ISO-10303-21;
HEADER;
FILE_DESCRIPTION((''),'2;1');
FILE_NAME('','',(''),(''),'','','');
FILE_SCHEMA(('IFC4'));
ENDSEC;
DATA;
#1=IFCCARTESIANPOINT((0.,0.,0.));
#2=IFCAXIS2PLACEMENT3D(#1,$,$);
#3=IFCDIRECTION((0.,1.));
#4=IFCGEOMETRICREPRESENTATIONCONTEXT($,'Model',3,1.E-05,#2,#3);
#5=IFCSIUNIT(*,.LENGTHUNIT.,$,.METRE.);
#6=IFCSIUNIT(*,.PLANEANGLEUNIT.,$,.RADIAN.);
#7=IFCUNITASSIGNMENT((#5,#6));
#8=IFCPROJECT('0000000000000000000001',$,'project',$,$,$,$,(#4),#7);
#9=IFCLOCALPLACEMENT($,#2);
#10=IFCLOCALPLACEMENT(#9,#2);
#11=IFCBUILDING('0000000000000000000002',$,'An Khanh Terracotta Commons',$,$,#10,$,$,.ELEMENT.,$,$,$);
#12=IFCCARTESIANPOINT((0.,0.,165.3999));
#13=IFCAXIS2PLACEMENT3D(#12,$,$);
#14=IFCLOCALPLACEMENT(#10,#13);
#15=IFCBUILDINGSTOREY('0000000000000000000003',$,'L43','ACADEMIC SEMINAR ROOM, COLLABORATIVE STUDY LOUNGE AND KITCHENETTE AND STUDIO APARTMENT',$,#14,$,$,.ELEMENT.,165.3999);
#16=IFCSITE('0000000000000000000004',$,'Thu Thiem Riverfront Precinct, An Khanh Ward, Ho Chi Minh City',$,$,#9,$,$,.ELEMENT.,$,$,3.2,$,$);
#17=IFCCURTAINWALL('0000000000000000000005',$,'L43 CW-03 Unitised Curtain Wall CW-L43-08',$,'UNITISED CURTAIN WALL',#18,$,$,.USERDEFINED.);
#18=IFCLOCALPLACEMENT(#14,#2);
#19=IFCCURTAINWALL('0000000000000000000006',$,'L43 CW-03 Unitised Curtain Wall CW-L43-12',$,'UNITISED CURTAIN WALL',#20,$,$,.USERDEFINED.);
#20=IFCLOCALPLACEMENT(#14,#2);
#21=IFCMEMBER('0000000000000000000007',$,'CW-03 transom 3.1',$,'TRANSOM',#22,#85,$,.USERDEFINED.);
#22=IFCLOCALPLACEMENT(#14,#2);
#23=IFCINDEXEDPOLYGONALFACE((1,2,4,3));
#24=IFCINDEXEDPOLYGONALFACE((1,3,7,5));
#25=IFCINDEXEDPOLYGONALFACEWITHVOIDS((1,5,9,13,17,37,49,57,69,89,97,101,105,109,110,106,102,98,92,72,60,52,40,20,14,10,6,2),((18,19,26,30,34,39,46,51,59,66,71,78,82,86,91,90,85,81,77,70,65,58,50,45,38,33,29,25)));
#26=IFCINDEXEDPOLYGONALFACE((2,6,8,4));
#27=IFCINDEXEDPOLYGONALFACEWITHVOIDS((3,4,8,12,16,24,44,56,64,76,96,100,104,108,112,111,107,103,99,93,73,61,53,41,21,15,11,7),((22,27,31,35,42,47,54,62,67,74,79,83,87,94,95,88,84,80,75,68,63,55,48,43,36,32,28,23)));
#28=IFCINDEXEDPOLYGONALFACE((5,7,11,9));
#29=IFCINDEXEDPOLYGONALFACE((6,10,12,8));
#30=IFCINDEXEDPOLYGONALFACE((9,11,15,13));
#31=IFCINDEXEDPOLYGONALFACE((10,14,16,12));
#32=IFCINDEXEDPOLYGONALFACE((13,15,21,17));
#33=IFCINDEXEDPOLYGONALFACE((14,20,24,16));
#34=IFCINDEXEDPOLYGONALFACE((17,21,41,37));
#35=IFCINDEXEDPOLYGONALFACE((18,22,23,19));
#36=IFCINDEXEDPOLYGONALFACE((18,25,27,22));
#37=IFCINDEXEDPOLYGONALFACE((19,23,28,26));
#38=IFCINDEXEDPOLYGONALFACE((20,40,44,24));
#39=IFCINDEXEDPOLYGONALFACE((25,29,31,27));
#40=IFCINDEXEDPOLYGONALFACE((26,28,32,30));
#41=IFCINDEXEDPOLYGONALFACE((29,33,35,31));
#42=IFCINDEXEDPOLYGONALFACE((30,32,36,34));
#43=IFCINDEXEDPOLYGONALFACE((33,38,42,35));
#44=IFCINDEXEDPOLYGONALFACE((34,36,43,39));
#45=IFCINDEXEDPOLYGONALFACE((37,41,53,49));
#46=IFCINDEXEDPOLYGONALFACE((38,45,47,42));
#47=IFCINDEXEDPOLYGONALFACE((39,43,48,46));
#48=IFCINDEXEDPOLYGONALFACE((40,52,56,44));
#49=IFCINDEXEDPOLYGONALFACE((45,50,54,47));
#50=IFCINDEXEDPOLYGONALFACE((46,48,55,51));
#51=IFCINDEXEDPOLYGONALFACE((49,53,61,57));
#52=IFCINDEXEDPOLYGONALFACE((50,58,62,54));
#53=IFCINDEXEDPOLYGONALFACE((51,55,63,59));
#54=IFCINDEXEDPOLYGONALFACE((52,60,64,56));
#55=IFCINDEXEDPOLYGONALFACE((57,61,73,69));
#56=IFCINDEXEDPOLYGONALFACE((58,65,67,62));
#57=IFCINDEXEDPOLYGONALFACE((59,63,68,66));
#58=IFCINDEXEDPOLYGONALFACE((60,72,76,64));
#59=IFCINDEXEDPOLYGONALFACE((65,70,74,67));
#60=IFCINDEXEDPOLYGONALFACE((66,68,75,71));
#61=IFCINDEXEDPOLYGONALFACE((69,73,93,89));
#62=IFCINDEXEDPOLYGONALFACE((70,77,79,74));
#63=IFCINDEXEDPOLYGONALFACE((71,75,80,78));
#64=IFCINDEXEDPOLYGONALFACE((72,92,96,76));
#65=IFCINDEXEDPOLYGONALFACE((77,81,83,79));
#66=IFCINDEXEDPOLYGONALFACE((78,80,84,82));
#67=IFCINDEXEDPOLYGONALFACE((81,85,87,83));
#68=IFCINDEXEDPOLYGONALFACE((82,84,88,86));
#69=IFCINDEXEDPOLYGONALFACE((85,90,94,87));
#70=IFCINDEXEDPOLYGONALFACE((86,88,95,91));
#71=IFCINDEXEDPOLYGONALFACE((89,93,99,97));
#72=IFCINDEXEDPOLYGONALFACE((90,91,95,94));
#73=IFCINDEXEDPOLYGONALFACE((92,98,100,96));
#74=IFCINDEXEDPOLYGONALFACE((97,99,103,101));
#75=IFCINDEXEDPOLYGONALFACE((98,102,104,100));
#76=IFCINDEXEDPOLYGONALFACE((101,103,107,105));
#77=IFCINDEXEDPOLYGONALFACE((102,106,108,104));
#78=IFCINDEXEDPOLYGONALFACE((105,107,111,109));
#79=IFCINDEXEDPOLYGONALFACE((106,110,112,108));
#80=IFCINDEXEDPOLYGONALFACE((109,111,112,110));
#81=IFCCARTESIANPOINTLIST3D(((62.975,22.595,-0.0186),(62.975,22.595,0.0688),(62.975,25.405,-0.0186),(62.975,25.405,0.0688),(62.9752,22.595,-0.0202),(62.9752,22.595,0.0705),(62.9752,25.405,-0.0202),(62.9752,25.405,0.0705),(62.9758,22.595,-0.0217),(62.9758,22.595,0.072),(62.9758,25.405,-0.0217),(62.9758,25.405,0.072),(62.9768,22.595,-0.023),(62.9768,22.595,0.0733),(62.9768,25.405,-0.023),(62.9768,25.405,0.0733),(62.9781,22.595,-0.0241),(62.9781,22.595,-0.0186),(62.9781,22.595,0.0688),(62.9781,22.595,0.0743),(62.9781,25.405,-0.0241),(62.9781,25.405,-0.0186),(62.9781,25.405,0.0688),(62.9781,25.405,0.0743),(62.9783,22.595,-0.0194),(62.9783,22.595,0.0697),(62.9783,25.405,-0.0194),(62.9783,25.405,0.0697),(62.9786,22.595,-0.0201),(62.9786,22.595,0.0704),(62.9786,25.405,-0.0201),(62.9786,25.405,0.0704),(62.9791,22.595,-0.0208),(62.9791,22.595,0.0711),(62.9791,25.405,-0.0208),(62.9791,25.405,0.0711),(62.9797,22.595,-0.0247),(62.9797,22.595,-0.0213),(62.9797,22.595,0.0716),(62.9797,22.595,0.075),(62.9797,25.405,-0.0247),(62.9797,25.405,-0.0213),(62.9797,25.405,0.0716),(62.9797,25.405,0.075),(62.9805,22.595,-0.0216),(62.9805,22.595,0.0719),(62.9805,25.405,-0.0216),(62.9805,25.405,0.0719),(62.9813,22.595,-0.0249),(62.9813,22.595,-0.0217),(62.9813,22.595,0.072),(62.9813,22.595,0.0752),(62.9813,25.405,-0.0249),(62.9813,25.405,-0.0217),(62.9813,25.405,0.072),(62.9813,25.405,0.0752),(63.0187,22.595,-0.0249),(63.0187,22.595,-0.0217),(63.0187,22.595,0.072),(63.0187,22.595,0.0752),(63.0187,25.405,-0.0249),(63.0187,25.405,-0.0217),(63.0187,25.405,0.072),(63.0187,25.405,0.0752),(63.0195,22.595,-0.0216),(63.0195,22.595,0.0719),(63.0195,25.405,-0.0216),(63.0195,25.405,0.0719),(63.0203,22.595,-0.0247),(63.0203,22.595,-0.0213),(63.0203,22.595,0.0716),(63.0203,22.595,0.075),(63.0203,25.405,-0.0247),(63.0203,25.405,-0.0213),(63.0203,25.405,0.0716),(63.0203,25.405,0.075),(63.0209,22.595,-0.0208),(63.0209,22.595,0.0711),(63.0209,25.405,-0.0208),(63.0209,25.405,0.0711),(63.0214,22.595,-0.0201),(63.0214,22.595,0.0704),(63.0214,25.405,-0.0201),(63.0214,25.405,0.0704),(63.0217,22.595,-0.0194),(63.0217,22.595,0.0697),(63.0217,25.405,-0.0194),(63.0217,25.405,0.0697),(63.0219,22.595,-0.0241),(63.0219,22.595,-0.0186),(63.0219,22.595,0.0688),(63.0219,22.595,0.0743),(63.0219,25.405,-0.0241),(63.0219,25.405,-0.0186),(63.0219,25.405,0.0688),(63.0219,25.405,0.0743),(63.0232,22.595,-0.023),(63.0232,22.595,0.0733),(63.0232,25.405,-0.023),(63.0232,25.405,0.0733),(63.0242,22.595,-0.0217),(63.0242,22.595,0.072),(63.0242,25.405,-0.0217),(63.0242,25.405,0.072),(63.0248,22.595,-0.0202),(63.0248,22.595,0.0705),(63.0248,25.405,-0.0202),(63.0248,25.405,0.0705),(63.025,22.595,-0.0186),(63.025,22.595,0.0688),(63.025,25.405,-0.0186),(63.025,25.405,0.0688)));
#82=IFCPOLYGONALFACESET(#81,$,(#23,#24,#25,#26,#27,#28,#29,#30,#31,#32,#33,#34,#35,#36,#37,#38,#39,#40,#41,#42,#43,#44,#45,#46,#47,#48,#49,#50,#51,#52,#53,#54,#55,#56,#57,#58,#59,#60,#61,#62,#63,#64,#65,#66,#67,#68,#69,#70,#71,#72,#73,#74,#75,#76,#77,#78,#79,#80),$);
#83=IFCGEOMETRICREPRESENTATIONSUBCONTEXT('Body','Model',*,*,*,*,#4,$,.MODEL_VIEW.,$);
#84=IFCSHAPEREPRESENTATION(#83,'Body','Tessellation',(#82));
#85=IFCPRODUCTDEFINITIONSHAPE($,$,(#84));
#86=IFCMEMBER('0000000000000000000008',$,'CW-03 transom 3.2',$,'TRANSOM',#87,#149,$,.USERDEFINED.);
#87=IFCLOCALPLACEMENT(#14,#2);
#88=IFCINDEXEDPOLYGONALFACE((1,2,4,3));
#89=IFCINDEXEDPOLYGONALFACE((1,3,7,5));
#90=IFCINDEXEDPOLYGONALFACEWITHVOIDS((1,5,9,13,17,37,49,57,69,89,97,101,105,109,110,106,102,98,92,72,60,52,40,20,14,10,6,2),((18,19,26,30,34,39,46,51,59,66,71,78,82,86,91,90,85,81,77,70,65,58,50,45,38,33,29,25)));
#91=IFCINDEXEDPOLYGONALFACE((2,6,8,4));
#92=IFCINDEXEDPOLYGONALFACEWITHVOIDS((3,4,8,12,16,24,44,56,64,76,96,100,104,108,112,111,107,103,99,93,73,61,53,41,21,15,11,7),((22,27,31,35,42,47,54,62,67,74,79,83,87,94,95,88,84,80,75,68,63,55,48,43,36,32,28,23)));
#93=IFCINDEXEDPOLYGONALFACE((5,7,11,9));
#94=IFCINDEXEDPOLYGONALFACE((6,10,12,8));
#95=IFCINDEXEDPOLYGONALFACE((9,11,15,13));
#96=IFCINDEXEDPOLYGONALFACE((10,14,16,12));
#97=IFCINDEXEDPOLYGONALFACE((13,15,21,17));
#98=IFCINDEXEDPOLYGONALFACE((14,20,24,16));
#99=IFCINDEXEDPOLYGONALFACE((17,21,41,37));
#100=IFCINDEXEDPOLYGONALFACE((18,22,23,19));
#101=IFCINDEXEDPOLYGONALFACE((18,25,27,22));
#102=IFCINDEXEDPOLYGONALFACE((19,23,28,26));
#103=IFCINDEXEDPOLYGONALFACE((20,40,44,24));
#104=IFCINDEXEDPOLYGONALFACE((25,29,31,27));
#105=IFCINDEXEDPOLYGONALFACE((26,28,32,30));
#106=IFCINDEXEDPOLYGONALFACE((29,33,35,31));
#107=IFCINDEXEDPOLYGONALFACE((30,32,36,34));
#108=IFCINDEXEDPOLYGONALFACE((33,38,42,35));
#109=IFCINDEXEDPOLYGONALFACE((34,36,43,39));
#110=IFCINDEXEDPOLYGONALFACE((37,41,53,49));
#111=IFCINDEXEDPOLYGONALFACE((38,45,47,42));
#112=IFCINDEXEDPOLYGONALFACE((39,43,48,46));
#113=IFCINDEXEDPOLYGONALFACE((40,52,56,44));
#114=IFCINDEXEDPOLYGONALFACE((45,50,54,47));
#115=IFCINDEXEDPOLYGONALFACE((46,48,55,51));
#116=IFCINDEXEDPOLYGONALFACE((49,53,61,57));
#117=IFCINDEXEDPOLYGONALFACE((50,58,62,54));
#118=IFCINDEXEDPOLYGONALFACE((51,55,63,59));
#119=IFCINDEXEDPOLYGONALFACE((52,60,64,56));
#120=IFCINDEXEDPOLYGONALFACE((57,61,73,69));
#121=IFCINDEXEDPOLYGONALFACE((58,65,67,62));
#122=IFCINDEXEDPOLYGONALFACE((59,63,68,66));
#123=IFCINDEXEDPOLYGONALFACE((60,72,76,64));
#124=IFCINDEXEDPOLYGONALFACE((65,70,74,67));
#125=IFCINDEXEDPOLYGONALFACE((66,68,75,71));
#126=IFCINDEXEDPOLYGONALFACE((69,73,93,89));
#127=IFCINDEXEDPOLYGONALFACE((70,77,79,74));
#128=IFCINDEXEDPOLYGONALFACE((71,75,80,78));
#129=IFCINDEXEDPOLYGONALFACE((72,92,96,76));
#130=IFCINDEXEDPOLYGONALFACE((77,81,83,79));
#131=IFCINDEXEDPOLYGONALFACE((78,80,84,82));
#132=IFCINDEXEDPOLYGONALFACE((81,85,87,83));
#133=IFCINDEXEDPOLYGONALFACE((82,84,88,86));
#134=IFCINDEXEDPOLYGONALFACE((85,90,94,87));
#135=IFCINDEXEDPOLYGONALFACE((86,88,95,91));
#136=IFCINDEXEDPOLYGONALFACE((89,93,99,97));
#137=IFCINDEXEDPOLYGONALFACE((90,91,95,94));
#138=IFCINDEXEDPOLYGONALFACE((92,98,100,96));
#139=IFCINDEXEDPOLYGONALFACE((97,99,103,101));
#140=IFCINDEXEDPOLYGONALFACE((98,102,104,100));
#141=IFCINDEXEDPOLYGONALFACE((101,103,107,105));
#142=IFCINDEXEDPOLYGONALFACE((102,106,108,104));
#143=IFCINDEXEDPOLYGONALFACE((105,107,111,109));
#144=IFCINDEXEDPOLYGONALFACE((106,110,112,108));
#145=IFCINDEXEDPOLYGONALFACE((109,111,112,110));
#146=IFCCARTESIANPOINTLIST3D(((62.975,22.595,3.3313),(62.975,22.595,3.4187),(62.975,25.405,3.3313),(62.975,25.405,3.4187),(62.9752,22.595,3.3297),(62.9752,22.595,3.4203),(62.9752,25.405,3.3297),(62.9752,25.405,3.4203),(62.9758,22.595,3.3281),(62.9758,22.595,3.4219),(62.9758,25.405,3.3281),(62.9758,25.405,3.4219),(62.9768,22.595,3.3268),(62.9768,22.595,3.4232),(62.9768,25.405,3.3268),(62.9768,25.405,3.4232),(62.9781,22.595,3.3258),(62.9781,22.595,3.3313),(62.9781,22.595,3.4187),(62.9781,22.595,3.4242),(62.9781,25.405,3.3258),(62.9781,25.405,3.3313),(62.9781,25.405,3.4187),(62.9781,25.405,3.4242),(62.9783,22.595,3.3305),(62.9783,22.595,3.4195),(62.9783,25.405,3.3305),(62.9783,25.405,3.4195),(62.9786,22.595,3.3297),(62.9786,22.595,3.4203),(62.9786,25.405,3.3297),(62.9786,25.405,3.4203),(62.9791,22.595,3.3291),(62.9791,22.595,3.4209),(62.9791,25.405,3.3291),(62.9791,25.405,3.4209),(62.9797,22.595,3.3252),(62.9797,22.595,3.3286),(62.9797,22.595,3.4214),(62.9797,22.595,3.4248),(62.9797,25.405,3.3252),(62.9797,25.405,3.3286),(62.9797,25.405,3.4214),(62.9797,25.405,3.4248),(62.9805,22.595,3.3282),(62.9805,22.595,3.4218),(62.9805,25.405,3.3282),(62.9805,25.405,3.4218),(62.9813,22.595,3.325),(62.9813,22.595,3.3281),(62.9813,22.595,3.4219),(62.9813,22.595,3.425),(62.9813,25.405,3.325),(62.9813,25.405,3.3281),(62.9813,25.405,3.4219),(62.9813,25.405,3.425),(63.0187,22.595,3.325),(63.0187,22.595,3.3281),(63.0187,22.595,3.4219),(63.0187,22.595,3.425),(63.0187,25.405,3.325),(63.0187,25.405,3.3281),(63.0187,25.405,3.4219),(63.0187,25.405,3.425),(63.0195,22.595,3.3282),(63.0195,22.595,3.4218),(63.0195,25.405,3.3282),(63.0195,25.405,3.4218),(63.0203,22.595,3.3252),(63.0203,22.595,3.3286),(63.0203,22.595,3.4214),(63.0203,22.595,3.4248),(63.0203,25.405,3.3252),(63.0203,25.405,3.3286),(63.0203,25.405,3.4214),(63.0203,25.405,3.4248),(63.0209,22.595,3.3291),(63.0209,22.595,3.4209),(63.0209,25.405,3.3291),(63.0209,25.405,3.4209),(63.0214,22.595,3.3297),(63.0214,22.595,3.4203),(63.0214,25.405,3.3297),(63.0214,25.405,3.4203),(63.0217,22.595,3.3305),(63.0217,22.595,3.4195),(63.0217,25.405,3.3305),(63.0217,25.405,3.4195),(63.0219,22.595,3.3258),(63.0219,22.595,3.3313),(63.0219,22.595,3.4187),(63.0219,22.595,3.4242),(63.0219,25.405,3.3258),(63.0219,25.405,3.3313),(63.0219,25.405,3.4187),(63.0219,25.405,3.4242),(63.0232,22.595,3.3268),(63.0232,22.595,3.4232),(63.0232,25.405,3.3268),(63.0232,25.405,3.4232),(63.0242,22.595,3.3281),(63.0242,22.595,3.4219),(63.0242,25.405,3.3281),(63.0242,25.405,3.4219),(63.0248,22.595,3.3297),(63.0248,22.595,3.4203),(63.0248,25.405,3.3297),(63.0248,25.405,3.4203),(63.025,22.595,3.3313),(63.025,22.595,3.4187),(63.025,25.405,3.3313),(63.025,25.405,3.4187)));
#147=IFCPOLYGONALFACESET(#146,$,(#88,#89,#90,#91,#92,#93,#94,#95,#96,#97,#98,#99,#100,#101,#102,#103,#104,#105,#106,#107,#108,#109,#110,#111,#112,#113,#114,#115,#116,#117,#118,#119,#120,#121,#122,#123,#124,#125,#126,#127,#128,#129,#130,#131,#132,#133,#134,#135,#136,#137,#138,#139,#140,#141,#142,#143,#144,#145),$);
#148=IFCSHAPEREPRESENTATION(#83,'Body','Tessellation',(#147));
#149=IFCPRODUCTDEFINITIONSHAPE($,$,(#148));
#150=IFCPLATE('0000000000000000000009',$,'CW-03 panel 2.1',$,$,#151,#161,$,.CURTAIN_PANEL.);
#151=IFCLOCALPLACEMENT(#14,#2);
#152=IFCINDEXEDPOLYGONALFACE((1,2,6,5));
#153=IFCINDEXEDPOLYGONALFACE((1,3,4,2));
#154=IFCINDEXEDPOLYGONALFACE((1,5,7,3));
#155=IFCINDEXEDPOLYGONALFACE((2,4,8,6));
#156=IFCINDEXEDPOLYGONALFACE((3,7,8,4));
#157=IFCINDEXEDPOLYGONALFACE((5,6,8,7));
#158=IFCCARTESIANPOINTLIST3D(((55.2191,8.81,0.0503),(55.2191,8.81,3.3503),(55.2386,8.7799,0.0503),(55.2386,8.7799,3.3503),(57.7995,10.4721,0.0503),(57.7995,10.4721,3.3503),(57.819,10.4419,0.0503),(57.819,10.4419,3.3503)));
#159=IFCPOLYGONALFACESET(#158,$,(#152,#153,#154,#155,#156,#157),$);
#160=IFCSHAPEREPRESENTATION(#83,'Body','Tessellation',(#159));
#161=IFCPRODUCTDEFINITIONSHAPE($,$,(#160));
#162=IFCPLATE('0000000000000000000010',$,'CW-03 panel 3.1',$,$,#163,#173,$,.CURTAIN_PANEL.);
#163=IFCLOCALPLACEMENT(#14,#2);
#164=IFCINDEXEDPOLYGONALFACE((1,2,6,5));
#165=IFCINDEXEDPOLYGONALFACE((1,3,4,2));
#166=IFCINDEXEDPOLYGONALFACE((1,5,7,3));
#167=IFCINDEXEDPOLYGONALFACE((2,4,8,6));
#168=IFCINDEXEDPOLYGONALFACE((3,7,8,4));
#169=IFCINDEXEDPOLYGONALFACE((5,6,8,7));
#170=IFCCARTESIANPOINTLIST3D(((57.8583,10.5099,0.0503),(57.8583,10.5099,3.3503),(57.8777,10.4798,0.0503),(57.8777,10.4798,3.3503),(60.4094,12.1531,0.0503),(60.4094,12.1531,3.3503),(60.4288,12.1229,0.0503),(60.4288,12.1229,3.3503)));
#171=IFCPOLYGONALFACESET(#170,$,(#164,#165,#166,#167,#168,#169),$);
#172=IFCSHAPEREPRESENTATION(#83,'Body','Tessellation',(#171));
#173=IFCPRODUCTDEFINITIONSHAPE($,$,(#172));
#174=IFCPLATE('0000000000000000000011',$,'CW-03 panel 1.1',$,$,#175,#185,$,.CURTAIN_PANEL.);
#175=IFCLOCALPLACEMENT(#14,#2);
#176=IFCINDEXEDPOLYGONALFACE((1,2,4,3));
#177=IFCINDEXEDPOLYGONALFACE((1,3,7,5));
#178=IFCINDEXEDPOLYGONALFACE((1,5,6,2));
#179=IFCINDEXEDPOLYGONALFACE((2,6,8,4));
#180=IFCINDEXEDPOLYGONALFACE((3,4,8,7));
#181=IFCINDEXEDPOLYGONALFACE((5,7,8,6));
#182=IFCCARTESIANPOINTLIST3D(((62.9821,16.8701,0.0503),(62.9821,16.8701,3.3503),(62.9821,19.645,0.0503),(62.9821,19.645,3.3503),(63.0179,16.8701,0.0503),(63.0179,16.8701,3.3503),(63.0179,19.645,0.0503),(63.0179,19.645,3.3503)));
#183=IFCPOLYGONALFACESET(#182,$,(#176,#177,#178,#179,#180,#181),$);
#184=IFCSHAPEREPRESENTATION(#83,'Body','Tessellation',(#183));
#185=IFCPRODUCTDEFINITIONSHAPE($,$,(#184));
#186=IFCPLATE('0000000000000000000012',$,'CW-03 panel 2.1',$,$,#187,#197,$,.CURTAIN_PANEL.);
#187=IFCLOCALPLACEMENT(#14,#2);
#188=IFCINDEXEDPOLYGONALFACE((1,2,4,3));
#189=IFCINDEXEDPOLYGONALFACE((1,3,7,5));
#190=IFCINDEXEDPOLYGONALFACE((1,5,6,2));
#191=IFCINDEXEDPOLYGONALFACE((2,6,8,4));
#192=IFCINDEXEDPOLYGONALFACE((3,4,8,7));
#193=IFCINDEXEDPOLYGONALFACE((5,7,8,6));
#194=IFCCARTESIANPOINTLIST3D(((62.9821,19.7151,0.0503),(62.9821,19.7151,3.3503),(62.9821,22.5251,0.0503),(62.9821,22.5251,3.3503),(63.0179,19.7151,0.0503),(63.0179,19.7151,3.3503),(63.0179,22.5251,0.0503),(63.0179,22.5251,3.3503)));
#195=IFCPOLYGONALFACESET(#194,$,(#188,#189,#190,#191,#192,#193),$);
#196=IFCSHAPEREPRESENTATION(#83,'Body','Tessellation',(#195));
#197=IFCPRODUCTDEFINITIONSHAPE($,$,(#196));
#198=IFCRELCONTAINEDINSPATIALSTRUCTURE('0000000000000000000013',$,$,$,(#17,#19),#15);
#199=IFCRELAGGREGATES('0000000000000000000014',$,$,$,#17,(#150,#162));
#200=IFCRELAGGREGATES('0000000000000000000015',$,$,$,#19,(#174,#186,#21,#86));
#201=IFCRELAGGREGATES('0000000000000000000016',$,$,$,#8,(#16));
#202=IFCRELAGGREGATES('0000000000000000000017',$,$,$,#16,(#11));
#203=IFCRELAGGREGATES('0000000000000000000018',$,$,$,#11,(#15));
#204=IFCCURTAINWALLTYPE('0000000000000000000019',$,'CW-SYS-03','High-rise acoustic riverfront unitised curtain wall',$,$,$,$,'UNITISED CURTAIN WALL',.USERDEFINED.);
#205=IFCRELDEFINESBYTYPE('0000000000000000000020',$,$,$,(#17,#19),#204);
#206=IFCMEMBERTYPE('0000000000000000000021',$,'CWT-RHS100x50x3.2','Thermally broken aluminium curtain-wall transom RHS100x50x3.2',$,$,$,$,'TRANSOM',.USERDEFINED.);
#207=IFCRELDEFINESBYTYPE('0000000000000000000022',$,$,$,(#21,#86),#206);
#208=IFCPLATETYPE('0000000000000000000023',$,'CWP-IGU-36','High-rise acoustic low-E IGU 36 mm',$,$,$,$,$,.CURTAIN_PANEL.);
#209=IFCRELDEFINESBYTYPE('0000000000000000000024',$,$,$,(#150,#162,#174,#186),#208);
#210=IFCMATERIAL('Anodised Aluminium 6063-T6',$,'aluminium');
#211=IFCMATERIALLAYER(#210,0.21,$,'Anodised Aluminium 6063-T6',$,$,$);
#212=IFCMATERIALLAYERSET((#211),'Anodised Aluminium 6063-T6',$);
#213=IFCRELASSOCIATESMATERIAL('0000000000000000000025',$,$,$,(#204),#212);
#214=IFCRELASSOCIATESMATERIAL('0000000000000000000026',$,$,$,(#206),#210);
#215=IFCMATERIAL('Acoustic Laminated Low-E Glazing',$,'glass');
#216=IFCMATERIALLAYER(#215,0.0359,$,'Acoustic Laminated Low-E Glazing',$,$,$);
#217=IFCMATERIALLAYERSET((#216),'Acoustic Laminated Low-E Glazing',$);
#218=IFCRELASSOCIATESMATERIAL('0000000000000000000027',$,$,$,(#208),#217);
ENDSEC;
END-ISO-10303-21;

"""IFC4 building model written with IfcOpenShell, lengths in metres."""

from ifc_helpers import new_model, si_unit, direction, frame, origin, origin_2d, place, context, subcontext, project, spatial, rectangle, hollow_rectangle, extrude, material, layer, layer_set, material_profile, profile_set, type_object, element, aggregate, save


model = new_model("IFC4")

# Units and contexts
model_context = context("Model", 3, precision=1e-05, world=origin(), true_north=direction((0.0, 1.0)))
body_context = subcontext(model_context, "Body", "Model", "MODEL_VIEW")
ifc_project = project(units=[si_unit("LENGTHUNIT", "METRE"), si_unit("PLANEANGLEUNIT", "RADIAN")], contexts=[model_context])

# Site, building, storey
site_placement = place(None, origin())
site = spatial("IfcSite", under=ifc_project, at=site_placement, Name="Thu Thiem Riverfront Precinct, An Khanh Ward, Ho Chi Minh City", CompositionType="ELEMENT", RefElevation=3.2)
building_placement = place(site_placement, origin())
building = spatial("IfcBuilding", under=site, at=building_placement, Name="An Khanh Terracotta Commons", CompositionType="ELEMENT")
storey_placement = place(building_placement, frame((0.0, 0.0, 165.3999)))
storey = spatial("IfcBuildingStorey", under=building, at=storey_placement, Name="L43", Description="ACADEMIC SEMINAR ROOM, COLLABORATIVE STUDY LOUNGE AND KITCHENETTE AND STUDIO APARTMENT", CompositionType="ELEMENT", Elevation=165.3999)

# Curtain walls
ifc_material_1 = material(Name="Anodised Aluminium 6063-T6", Category="aluminium")
ifc_layer_1 = layer(ifc_material_1, 0.21, Name="Anodised Aluminium 6063-T6")
ifc_layer_set_1 = layer_set([ifc_layer_1], Name="Anodised Aluminium 6063-T6")
curtain_wall_type = type_object("IfcCurtainWallType", Name="CW-SYS-03", Description="High-rise acoustic riverfront unitised curtain wall", ElementType="UNITISED CURTAIN WALL", PredefinedType="USERDEFINED", material=ifc_layer_set_1)
curtain_wall_1_placement = place(storey_placement, origin())
curtain_wall_1 = element("IfcCurtainWall", 1, at=curtain_wall_1_placement, inside=storey, type_object=curtain_wall_type, Name="L43 CW-03 Unitised Curtain Wall CW-L43-08", ObjectType="UNITISED CURTAIN WALL", PredefinedType="USERDEFINED")
curtain_wall_2_placement = place(storey_placement, origin())
curtain_wall_2 = element("IfcCurtainWall", 2, at=curtain_wall_2_placement, inside=storey, type_object=curtain_wall_type, Name="L43 CW-03 Unitised Curtain Wall CW-L43-12", ObjectType="UNITISED CURTAIN WALL", PredefinedType="USERDEFINED")

# Members
ifc_material_profile_1 = material_profile(ifc_material_1, hollow_rectangle(XDim=0.05, YDim=0.1001, WallThickness=0.0032, InnerFilletRadius=0.0032, OuterFilletRadius=0.0063, at=origin_2d()), Name="RHS100x50x3.2")
ifc_profile_set_1 = profile_set([ifc_material_profile_1], Name="Anodised Aluminium 6063-T6")
member_type_1 = type_object("IfcMemberType", Name="CWT-RHS100x50x3.2", Description="Thermally broken aluminium curtain-wall transom RHS100x50x3.2", ElementType="TRANSOM", PredefinedType="USERDEFINED", material=ifc_profile_set_1)
member_1_placement = place(storey_placement, frame((63.0, 22.595, 0.0251), z_axis=(0.0, 1.0, 0.0), x_axis=(-1.0, 0.0, 0.0)))
member_1 = element("IfcMember", 3, at=member_1_placement, type_object=member_type_1, Name="CW-03 transom 3.1", ObjectType="TRANSOM", PredefinedType="USERDEFINED", context=body_context, shape_type="SweptSolid", body=[
    extrude(hollow_rectangle(XDim=0.05, YDim=0.1001, WallThickness=0.0032, InnerFilletRadius=0.0032, OuterFilletRadius=0.0063, at=origin_2d()), origin(), (0.0, 0.0, 1.0), 2.8101),
])
member_2_placement = place(storey_placement, frame((63.0, 22.595, 3.375), z_axis=(0.0, 1.0, 0.0), x_axis=(-1.0, 0.0, 0.0)))
member_2 = element("IfcMember", 4, at=member_2_placement, type_object=member_type_1, Name="CW-03 transom 3.2", ObjectType="TRANSOM", PredefinedType="USERDEFINED", context=body_context, shape_type="SweptSolid", body=[
    extrude(hollow_rectangle(XDim=0.05, YDim=0.1001, WallThickness=0.0032, InnerFilletRadius=0.0032, OuterFilletRadius=0.0063, at=origin_2d()), origin(), (0.0, 0.0, 1.0), 2.8101),
])

# Plates
ifc_material_2 = material(Name="Acoustic Laminated Low-E Glazing", Category="glass")
ifc_layer_2 = layer(ifc_material_2, 0.0359, Name="Acoustic Laminated Low-E Glazing")
ifc_layer_set_2 = layer_set([ifc_layer_2], Name="Acoustic Laminated Low-E Glazing")
plate_type = type_object("IfcPlateType", Name="CWP-IGU-36", Description="High-rise acoustic low-E IGU 36 mm", PredefinedType="CURTAIN_PANEL", material=ifc_layer_set_2)
plate_1_placement = place(storey_placement, frame((56.519, 9.626, 0.0503), z_axis=(0.0, 0.0, 1.0), x_axis=(0.840702, 0.541498, 0.0)))
plate_1 = element("IfcPlate", 5, at=plate_1_placement, type_object=plate_type, Name="CW-03 panel 2.1", PredefinedType="CURTAIN_PANEL", context=body_context, shape_type="SweptSolid", body=[
    extrude(rectangle(XDim=3.0693, YDim=0.0359, at=origin_2d()), origin(), (0.0, 0.0, 1.0), 3.3),
])
plate_2_placement = place(storey_placement, frame((59.1436, 11.3164, 0.0503), z_axis=(0.0, 0.0, 1.0), x_axis=(0.840702, 0.541498, 0.0)))
plate_2 = element("IfcPlate", 6, at=plate_2_placement, type_object=plate_type, Name="CW-03 panel 3.1", PredefinedType="CURTAIN_PANEL", context=body_context, shape_type="SweptSolid", body=[
    extrude(rectangle(XDim=3.0344, YDim=0.0359, at=origin_2d()), origin(), (0.0, 0.0, 1.0), 3.3),
])
aggregate(curtain_wall_1, [plate_1, plate_2])
plate_3_placement = place(storey_placement, frame((63.0, 18.2576, 0.0503), z_axis=(0.0, 0.0, 1.0), x_axis=(0.0, 1.0, 0.0)))
plate_3 = element("IfcPlate", 7, at=plate_3_placement, type_object=plate_type, Name="CW-03 panel 1.1", PredefinedType="CURTAIN_PANEL", context=body_context, shape_type="SweptSolid", body=[
    extrude(rectangle(XDim=2.7749, YDim=0.0359, at=origin_2d()), origin(), (0.0, 0.0, 1.0), 3.3),
])
plate_4_placement = place(storey_placement, frame((63.0, 21.1201, 0.0503), z_axis=(0.0, 0.0, 1.0), x_axis=(0.0, 1.0, 0.0)))
plate_4 = element("IfcPlate", 8, at=plate_4_placement, type_object=plate_type, Name="CW-03 panel 2.1", PredefinedType="CURTAIN_PANEL", context=body_context, shape_type="SweptSolid", body=[
    extrude(rectangle(XDim=2.8101, YDim=0.0359, at=origin_2d()), origin(), (0.0, 0.0, 1.0), 3.3),
])
aggregate(curtain_wall_2, [plate_3, plate_4, member_1, member_2])

save(model, "model.ifc")
